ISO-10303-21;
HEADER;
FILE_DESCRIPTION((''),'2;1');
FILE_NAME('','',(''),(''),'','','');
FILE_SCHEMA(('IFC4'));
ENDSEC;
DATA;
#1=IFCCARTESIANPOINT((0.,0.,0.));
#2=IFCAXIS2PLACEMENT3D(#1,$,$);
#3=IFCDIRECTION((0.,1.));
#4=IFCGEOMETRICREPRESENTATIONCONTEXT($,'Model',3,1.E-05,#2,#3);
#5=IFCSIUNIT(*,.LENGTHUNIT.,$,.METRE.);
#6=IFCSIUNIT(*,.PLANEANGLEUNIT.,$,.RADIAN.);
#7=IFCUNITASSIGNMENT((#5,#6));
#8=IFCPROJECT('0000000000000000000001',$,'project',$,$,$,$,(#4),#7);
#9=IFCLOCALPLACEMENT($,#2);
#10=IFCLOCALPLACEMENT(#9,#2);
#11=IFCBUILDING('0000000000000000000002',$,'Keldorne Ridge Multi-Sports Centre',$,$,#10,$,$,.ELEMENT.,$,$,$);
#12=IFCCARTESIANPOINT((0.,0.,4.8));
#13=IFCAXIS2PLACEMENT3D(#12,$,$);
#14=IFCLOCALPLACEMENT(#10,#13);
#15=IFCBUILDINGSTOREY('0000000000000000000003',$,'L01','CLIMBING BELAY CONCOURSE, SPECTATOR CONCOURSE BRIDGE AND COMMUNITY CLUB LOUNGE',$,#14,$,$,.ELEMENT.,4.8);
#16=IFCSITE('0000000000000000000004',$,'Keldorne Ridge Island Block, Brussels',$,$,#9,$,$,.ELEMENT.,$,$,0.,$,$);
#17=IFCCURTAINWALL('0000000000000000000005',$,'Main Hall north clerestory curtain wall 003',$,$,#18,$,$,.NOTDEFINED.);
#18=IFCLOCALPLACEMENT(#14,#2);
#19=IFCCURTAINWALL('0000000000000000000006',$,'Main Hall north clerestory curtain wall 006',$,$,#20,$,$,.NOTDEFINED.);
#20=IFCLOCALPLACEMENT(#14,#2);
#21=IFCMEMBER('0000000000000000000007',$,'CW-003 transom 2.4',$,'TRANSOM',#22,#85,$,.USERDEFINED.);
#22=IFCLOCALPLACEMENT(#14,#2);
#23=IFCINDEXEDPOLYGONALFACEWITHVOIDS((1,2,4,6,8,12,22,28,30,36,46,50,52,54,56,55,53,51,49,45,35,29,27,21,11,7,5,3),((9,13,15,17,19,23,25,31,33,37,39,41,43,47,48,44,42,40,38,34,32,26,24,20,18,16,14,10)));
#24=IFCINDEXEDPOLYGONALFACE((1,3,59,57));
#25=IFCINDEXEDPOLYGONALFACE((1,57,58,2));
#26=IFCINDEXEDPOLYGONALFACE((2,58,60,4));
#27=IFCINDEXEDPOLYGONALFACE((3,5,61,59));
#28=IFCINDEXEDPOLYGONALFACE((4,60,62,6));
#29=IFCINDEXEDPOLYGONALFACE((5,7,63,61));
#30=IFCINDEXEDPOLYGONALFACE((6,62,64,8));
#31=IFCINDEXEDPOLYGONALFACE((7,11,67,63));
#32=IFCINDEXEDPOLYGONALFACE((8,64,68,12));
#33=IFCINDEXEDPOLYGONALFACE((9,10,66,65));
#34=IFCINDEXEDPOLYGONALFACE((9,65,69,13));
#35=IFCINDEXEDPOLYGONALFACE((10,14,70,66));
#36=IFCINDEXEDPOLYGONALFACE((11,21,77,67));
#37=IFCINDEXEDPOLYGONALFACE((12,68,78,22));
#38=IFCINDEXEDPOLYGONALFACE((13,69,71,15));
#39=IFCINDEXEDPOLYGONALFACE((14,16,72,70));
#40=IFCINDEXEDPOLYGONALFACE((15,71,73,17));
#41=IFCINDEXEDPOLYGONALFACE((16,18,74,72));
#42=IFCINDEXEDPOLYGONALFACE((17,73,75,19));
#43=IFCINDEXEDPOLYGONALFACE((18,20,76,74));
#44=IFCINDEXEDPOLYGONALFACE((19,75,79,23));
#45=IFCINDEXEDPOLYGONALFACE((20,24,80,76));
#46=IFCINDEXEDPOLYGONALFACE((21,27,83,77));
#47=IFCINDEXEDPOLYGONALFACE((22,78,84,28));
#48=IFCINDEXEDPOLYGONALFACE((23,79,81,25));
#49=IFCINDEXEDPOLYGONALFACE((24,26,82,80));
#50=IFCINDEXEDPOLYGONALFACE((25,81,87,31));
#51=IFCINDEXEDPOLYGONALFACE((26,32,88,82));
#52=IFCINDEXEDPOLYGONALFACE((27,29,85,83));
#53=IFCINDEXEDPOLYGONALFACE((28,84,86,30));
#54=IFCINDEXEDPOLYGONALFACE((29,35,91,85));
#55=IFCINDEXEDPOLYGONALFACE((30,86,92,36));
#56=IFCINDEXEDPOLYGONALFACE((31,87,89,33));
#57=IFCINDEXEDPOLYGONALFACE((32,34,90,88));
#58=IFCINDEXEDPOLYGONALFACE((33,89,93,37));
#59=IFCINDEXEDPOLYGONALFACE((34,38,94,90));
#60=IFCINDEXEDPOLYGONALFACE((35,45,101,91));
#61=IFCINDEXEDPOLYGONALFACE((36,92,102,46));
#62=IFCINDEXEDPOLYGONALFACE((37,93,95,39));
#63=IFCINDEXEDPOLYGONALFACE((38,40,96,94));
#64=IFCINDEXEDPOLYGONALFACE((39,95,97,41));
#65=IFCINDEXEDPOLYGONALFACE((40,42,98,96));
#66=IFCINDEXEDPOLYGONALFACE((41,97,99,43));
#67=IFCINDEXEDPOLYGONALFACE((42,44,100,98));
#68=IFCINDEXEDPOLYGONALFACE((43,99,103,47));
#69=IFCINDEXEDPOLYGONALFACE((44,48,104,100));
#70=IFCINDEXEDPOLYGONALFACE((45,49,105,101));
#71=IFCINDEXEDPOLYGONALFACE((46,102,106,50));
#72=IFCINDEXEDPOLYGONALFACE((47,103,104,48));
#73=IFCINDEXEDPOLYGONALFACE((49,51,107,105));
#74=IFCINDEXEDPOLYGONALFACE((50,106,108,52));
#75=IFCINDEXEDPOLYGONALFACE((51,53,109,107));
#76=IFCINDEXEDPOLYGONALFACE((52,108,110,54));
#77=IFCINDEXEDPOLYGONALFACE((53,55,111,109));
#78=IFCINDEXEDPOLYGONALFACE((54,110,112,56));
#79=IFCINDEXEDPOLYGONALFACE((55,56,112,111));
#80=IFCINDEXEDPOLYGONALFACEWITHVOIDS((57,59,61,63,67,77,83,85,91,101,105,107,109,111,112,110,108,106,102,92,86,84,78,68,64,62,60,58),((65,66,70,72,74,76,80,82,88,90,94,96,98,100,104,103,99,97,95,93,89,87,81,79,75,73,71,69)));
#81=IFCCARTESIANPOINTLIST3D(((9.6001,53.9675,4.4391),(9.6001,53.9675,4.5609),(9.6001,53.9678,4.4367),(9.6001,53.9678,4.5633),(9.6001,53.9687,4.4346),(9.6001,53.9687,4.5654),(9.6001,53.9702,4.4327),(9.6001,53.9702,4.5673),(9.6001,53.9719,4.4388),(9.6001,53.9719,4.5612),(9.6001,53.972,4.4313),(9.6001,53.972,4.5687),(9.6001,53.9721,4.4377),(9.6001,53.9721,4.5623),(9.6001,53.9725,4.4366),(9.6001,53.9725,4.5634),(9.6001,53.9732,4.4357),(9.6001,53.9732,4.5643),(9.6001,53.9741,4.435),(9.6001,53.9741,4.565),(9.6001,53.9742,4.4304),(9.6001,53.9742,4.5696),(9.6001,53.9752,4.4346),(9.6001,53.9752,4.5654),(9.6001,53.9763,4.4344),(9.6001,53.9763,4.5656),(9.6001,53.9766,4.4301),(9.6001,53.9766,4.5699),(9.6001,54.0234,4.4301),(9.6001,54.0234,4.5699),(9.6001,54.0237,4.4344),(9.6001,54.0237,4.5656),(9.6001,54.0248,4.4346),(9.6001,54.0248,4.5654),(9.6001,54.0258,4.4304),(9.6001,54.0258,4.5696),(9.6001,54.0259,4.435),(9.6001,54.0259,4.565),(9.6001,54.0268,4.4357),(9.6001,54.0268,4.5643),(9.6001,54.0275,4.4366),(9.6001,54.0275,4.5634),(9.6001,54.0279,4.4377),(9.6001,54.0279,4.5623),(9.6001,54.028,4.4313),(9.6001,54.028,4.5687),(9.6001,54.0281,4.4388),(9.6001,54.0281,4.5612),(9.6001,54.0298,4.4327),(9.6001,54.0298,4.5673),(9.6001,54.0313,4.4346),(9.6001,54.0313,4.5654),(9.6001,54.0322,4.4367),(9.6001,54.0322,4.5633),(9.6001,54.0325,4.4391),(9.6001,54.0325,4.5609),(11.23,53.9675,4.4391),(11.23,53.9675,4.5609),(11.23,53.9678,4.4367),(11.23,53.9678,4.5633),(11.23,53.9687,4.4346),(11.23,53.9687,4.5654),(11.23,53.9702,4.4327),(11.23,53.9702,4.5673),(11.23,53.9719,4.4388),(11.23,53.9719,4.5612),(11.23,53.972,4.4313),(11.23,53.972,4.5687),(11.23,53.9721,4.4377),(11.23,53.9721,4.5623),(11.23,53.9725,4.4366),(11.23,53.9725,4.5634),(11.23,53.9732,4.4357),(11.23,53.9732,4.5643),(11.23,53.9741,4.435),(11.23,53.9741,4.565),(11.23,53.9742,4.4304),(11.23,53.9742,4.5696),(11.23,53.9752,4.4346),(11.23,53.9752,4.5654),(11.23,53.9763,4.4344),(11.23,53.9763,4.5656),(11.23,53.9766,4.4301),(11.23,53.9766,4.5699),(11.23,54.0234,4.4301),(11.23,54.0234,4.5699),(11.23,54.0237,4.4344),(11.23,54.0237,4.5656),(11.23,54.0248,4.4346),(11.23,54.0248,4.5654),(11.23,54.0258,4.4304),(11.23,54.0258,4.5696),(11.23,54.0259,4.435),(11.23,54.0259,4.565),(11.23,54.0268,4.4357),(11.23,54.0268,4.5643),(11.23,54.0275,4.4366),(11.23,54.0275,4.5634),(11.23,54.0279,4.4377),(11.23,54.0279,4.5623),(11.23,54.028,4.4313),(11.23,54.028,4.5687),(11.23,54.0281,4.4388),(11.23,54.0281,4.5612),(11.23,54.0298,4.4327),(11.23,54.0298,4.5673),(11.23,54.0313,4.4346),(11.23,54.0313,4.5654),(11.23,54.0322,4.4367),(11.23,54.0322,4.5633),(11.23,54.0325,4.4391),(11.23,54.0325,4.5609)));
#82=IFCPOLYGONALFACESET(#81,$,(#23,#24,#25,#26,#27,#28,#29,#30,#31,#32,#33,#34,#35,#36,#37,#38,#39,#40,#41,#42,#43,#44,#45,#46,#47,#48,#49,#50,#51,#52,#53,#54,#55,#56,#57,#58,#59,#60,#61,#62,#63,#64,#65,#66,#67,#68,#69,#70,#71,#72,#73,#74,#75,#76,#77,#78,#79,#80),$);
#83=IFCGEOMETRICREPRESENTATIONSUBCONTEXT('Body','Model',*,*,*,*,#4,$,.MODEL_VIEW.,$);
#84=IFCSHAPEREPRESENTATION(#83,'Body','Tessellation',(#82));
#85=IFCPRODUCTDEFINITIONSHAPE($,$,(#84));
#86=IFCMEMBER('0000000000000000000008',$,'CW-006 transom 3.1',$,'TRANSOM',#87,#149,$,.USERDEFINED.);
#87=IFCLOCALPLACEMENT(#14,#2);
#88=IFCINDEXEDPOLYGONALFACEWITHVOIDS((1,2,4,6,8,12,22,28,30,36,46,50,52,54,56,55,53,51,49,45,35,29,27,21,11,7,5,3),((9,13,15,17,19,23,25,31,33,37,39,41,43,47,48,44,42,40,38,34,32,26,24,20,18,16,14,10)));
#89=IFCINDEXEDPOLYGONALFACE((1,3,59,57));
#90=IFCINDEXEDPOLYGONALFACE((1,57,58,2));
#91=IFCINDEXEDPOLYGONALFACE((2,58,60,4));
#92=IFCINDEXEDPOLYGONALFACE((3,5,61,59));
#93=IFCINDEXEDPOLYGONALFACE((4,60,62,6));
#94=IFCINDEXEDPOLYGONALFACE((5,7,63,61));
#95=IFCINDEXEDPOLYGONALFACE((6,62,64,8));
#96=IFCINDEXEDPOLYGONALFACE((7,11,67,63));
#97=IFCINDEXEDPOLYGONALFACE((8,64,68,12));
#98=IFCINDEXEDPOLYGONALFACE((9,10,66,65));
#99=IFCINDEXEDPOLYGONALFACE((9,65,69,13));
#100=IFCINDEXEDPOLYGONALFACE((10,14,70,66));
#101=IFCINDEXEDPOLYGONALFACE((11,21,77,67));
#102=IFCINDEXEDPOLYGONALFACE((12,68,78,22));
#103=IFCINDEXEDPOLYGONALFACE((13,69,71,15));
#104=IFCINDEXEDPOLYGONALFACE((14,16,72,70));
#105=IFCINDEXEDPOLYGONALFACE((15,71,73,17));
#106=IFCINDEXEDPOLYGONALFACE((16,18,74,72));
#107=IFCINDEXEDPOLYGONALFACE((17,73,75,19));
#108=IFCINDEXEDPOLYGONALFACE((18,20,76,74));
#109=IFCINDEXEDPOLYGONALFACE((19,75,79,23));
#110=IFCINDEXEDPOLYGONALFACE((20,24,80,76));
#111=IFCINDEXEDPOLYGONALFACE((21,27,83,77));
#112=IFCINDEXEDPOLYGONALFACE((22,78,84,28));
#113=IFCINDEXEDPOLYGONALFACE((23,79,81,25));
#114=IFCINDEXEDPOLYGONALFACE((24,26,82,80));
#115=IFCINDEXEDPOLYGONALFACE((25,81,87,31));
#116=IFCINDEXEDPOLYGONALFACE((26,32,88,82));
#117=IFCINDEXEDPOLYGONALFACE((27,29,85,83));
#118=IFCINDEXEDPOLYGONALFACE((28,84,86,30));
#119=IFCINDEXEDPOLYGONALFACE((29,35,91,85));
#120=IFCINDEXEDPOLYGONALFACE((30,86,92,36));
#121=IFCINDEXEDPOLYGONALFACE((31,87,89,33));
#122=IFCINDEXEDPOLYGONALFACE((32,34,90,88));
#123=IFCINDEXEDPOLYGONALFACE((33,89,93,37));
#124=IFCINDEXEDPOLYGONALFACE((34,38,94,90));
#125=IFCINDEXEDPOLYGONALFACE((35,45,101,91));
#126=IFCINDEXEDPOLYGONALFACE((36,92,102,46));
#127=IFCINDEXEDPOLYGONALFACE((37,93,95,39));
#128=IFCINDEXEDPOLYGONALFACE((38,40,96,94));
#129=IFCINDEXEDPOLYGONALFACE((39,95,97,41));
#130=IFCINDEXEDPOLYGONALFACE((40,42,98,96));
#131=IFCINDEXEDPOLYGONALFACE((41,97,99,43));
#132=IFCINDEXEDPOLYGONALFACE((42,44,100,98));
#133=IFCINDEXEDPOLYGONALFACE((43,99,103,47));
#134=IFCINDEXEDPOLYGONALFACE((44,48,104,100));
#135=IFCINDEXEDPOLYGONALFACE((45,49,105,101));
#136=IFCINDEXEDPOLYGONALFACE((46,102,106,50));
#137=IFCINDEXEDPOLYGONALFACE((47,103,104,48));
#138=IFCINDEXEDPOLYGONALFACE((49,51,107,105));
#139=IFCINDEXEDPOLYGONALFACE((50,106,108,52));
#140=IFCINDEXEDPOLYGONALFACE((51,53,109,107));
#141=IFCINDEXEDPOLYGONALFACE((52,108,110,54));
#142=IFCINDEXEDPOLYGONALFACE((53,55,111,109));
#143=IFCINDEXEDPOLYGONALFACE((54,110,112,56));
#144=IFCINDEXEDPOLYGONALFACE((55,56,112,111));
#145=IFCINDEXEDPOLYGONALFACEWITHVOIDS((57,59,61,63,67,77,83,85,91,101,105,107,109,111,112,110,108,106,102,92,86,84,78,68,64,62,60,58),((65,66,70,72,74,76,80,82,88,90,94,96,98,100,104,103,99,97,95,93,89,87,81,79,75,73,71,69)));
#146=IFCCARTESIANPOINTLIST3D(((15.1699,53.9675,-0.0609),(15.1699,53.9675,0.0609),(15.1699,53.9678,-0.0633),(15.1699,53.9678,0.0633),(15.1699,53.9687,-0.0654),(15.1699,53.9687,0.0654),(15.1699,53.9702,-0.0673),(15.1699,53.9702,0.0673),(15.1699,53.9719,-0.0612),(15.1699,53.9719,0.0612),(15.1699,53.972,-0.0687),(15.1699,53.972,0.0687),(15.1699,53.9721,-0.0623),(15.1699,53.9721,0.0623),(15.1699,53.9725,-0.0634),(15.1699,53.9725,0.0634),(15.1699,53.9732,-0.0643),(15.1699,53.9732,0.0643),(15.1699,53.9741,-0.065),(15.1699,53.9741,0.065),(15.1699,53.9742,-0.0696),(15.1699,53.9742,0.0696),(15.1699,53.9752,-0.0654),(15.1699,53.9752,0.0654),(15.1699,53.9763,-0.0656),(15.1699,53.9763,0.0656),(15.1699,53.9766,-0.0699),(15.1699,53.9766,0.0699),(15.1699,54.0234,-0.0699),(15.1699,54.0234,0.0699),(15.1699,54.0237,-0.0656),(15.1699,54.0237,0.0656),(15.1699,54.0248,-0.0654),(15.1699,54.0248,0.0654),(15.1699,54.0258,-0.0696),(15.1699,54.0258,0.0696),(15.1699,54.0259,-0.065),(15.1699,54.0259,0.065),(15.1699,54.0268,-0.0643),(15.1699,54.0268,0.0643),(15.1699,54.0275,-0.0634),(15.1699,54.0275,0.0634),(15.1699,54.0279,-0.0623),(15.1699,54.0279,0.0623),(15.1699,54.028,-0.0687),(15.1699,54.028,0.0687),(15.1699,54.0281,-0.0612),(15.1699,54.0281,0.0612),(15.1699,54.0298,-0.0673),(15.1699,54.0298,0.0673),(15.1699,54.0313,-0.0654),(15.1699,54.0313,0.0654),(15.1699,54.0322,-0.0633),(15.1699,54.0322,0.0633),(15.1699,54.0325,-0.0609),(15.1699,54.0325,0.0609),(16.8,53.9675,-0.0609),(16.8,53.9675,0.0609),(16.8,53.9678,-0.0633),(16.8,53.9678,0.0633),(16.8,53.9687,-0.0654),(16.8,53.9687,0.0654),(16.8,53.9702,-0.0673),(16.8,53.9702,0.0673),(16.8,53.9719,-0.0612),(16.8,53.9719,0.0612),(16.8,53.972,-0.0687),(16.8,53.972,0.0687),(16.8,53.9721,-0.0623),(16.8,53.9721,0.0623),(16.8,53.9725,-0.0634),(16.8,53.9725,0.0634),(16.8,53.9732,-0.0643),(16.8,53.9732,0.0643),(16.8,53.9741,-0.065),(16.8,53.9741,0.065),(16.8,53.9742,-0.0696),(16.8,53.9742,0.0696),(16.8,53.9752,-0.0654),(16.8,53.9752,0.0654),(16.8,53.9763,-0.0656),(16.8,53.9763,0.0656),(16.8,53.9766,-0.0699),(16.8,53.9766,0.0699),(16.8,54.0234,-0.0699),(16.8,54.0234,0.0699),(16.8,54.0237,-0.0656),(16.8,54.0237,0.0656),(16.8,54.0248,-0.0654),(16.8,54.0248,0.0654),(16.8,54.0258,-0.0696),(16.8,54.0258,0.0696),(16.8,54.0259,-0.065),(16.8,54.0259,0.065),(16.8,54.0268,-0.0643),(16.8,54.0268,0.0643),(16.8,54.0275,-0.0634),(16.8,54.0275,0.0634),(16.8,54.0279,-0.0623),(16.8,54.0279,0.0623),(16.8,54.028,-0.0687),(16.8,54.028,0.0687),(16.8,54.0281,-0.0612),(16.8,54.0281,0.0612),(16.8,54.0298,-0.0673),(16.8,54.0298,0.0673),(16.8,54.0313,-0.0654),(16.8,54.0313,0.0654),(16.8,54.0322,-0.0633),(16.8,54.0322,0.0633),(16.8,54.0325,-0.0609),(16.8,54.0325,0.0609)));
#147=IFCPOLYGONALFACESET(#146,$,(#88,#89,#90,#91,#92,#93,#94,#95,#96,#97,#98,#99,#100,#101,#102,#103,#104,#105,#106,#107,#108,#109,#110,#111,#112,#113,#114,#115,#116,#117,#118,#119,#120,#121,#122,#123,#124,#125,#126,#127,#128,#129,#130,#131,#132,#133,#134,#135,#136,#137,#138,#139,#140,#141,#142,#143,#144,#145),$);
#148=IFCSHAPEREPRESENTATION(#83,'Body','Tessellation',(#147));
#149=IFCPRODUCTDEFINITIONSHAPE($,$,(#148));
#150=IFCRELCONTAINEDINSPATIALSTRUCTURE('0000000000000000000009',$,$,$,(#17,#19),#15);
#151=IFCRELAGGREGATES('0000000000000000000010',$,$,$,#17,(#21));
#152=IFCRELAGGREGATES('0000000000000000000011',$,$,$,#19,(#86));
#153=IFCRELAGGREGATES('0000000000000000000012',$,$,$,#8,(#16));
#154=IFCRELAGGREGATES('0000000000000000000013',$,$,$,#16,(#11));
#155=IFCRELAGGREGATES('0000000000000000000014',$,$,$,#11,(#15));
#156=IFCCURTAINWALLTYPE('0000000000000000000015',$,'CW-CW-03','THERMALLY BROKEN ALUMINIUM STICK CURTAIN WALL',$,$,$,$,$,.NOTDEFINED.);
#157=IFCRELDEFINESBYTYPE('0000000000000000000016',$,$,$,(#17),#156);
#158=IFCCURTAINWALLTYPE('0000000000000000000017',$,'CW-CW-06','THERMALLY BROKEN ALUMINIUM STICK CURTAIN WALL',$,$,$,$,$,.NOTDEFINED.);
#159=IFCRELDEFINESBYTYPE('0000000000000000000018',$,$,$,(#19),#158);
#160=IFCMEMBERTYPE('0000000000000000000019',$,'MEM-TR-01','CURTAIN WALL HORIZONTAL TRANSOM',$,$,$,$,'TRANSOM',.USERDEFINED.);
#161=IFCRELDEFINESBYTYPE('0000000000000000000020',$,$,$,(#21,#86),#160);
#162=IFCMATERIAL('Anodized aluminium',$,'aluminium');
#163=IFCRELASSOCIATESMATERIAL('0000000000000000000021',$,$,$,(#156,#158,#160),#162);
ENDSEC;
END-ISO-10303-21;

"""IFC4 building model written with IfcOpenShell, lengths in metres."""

from ifc_helpers import new_model, si_unit, direction, frame, origin, origin_2d, place, context, subcontext, project, spatial, hollow_rectangle, extrude, material, material_profile, profile_set, type_object, element, aggregate, save


model = new_model("IFC4")

# Units and contexts
model_context = context("Model", 3, precision=1e-05, world=origin(), true_north=direction((0.0, 1.0)))
body_context = subcontext(model_context, "Body", "Model", "MODEL_VIEW")
ifc_project = project(units=[si_unit("LENGTHUNIT", "METRE"), si_unit("PLANEANGLEUNIT", "RADIAN")], contexts=[model_context])

# Site, building, storey
site_placement = place(None, origin())
site = spatial("IfcSite", under=ifc_project, at=site_placement, Name="Keldorne Ridge Island Block, Brussels", CompositionType="ELEMENT", RefElevation=0.0)
building_placement = place(site_placement, origin())
building = spatial("IfcBuilding", under=site, at=building_placement, Name="Keldorne Ridge Multi-Sports Centre", CompositionType="ELEMENT")
storey_placement = place(building_placement, frame((0.0, 0.0, 4.8)))
storey = spatial("IfcBuildingStorey", under=building, at=storey_placement, Name="L01", Description="CLIMBING BELAY CONCOURSE, SPECTATOR CONCOURSE BRIDGE AND COMMUNITY CLUB LOUNGE", CompositionType="ELEMENT", Elevation=4.8)

# Curtain wall
ifc_material_1 = material(Name="Anodized aluminium", Category="aluminium")
curtain_wall_type_1 = type_object("IfcCurtainWallType", Name="CW-CW-03", Description="THERMALLY BROKEN ALUMINIUM STICK CURTAIN WALL", PredefinedType="NOTDEFINED", material=ifc_material_1)
curtain_wall_1_placement = place(storey_placement, origin())
curtain_wall_1 = element("IfcCurtainWall", 1, at=curtain_wall_1_placement, inside=storey, type_object=curtain_wall_type_1, Name="Main Hall north clerestory curtain wall 003", PredefinedType="NOTDEFINED")

# Curtain wall
curtain_wall_type_2 = type_object("IfcCurtainWallType", Name="CW-CW-06", Description="THERMALLY BROKEN ALUMINIUM STICK CURTAIN WALL", PredefinedType="NOTDEFINED", material=ifc_material_1)
curtain_wall_2_placement = place(storey_placement, origin())
curtain_wall_2 = element("IfcCurtainWall", 2, at=curtain_wall_2_placement, inside=storey, type_object=curtain_wall_type_2, Name="Main Hall north clerestory curtain wall 006", PredefinedType="NOTDEFINED")

# Members
ifc_material_profile_1 = material_profile(ifc_material_1, hollow_rectangle(XDim=0.0649, YDim=0.1399, WallThickness=0.0044, InnerFilletRadius=0.0044, OuterFilletRadius=0.009, at=origin_2d()), Name="ALU TRANSOM 140x65x4.5")
ifc_profile_set_1 = profile_set([ifc_material_profile_1], Name="Anodized aluminium")
member_type_1 = type_object("IfcMemberType", Name="MEM-TR-01", Description="CURTAIN WALL HORIZONTAL TRANSOM", ElementType="TRANSOM", PredefinedType="USERDEFINED", material=ifc_profile_set_1)
member_1_placement = place(storey_placement, frame((11.23, 54.0, 4.5), z_axis=(-1.0, 0.0, 0.0), x_axis=(0.0, -1.0, 0.0)))
member_1 = element("IfcMember", 3, at=member_1_placement, type_object=member_type_1, Name="CW-003 transom 2.4", ObjectType="TRANSOM", PredefinedType="USERDEFINED", context=body_context, shape_type="SweptSolid", body=[
    extrude(hollow_rectangle(XDim=0.0649, YDim=0.1399, WallThickness=0.0044, InnerFilletRadius=0.0044, OuterFilletRadius=0.009, at=origin_2d()), origin(), (0.0, 0.0, 1.0), 1.6299),
])
member_2_placement = place(storey_placement, frame((16.8, 54.0, 0.0), z_axis=(-1.0, 0.0, 0.0), x_axis=(0.0, -1.0, 0.0)))
member_2 = element("IfcMember", 4, at=member_2_placement, type_object=member_type_1, Name="CW-006 transom 3.1", ObjectType="TRANSOM", PredefinedType="USERDEFINED", context=body_context, shape_type="SweptSolid", body=[
    extrude(hollow_rectangle(XDim=0.0649, YDim=0.1399, WallThickness=0.0044, InnerFilletRadius=0.0044, OuterFilletRadius=0.009, at=origin_2d()), origin(), (0.0, 0.0, 1.0), 1.6301),
])

aggregate(curtain_wall_1, [member_1])
aggregate(curtain_wall_2, [member_2])

save(model, "model.ifc")
